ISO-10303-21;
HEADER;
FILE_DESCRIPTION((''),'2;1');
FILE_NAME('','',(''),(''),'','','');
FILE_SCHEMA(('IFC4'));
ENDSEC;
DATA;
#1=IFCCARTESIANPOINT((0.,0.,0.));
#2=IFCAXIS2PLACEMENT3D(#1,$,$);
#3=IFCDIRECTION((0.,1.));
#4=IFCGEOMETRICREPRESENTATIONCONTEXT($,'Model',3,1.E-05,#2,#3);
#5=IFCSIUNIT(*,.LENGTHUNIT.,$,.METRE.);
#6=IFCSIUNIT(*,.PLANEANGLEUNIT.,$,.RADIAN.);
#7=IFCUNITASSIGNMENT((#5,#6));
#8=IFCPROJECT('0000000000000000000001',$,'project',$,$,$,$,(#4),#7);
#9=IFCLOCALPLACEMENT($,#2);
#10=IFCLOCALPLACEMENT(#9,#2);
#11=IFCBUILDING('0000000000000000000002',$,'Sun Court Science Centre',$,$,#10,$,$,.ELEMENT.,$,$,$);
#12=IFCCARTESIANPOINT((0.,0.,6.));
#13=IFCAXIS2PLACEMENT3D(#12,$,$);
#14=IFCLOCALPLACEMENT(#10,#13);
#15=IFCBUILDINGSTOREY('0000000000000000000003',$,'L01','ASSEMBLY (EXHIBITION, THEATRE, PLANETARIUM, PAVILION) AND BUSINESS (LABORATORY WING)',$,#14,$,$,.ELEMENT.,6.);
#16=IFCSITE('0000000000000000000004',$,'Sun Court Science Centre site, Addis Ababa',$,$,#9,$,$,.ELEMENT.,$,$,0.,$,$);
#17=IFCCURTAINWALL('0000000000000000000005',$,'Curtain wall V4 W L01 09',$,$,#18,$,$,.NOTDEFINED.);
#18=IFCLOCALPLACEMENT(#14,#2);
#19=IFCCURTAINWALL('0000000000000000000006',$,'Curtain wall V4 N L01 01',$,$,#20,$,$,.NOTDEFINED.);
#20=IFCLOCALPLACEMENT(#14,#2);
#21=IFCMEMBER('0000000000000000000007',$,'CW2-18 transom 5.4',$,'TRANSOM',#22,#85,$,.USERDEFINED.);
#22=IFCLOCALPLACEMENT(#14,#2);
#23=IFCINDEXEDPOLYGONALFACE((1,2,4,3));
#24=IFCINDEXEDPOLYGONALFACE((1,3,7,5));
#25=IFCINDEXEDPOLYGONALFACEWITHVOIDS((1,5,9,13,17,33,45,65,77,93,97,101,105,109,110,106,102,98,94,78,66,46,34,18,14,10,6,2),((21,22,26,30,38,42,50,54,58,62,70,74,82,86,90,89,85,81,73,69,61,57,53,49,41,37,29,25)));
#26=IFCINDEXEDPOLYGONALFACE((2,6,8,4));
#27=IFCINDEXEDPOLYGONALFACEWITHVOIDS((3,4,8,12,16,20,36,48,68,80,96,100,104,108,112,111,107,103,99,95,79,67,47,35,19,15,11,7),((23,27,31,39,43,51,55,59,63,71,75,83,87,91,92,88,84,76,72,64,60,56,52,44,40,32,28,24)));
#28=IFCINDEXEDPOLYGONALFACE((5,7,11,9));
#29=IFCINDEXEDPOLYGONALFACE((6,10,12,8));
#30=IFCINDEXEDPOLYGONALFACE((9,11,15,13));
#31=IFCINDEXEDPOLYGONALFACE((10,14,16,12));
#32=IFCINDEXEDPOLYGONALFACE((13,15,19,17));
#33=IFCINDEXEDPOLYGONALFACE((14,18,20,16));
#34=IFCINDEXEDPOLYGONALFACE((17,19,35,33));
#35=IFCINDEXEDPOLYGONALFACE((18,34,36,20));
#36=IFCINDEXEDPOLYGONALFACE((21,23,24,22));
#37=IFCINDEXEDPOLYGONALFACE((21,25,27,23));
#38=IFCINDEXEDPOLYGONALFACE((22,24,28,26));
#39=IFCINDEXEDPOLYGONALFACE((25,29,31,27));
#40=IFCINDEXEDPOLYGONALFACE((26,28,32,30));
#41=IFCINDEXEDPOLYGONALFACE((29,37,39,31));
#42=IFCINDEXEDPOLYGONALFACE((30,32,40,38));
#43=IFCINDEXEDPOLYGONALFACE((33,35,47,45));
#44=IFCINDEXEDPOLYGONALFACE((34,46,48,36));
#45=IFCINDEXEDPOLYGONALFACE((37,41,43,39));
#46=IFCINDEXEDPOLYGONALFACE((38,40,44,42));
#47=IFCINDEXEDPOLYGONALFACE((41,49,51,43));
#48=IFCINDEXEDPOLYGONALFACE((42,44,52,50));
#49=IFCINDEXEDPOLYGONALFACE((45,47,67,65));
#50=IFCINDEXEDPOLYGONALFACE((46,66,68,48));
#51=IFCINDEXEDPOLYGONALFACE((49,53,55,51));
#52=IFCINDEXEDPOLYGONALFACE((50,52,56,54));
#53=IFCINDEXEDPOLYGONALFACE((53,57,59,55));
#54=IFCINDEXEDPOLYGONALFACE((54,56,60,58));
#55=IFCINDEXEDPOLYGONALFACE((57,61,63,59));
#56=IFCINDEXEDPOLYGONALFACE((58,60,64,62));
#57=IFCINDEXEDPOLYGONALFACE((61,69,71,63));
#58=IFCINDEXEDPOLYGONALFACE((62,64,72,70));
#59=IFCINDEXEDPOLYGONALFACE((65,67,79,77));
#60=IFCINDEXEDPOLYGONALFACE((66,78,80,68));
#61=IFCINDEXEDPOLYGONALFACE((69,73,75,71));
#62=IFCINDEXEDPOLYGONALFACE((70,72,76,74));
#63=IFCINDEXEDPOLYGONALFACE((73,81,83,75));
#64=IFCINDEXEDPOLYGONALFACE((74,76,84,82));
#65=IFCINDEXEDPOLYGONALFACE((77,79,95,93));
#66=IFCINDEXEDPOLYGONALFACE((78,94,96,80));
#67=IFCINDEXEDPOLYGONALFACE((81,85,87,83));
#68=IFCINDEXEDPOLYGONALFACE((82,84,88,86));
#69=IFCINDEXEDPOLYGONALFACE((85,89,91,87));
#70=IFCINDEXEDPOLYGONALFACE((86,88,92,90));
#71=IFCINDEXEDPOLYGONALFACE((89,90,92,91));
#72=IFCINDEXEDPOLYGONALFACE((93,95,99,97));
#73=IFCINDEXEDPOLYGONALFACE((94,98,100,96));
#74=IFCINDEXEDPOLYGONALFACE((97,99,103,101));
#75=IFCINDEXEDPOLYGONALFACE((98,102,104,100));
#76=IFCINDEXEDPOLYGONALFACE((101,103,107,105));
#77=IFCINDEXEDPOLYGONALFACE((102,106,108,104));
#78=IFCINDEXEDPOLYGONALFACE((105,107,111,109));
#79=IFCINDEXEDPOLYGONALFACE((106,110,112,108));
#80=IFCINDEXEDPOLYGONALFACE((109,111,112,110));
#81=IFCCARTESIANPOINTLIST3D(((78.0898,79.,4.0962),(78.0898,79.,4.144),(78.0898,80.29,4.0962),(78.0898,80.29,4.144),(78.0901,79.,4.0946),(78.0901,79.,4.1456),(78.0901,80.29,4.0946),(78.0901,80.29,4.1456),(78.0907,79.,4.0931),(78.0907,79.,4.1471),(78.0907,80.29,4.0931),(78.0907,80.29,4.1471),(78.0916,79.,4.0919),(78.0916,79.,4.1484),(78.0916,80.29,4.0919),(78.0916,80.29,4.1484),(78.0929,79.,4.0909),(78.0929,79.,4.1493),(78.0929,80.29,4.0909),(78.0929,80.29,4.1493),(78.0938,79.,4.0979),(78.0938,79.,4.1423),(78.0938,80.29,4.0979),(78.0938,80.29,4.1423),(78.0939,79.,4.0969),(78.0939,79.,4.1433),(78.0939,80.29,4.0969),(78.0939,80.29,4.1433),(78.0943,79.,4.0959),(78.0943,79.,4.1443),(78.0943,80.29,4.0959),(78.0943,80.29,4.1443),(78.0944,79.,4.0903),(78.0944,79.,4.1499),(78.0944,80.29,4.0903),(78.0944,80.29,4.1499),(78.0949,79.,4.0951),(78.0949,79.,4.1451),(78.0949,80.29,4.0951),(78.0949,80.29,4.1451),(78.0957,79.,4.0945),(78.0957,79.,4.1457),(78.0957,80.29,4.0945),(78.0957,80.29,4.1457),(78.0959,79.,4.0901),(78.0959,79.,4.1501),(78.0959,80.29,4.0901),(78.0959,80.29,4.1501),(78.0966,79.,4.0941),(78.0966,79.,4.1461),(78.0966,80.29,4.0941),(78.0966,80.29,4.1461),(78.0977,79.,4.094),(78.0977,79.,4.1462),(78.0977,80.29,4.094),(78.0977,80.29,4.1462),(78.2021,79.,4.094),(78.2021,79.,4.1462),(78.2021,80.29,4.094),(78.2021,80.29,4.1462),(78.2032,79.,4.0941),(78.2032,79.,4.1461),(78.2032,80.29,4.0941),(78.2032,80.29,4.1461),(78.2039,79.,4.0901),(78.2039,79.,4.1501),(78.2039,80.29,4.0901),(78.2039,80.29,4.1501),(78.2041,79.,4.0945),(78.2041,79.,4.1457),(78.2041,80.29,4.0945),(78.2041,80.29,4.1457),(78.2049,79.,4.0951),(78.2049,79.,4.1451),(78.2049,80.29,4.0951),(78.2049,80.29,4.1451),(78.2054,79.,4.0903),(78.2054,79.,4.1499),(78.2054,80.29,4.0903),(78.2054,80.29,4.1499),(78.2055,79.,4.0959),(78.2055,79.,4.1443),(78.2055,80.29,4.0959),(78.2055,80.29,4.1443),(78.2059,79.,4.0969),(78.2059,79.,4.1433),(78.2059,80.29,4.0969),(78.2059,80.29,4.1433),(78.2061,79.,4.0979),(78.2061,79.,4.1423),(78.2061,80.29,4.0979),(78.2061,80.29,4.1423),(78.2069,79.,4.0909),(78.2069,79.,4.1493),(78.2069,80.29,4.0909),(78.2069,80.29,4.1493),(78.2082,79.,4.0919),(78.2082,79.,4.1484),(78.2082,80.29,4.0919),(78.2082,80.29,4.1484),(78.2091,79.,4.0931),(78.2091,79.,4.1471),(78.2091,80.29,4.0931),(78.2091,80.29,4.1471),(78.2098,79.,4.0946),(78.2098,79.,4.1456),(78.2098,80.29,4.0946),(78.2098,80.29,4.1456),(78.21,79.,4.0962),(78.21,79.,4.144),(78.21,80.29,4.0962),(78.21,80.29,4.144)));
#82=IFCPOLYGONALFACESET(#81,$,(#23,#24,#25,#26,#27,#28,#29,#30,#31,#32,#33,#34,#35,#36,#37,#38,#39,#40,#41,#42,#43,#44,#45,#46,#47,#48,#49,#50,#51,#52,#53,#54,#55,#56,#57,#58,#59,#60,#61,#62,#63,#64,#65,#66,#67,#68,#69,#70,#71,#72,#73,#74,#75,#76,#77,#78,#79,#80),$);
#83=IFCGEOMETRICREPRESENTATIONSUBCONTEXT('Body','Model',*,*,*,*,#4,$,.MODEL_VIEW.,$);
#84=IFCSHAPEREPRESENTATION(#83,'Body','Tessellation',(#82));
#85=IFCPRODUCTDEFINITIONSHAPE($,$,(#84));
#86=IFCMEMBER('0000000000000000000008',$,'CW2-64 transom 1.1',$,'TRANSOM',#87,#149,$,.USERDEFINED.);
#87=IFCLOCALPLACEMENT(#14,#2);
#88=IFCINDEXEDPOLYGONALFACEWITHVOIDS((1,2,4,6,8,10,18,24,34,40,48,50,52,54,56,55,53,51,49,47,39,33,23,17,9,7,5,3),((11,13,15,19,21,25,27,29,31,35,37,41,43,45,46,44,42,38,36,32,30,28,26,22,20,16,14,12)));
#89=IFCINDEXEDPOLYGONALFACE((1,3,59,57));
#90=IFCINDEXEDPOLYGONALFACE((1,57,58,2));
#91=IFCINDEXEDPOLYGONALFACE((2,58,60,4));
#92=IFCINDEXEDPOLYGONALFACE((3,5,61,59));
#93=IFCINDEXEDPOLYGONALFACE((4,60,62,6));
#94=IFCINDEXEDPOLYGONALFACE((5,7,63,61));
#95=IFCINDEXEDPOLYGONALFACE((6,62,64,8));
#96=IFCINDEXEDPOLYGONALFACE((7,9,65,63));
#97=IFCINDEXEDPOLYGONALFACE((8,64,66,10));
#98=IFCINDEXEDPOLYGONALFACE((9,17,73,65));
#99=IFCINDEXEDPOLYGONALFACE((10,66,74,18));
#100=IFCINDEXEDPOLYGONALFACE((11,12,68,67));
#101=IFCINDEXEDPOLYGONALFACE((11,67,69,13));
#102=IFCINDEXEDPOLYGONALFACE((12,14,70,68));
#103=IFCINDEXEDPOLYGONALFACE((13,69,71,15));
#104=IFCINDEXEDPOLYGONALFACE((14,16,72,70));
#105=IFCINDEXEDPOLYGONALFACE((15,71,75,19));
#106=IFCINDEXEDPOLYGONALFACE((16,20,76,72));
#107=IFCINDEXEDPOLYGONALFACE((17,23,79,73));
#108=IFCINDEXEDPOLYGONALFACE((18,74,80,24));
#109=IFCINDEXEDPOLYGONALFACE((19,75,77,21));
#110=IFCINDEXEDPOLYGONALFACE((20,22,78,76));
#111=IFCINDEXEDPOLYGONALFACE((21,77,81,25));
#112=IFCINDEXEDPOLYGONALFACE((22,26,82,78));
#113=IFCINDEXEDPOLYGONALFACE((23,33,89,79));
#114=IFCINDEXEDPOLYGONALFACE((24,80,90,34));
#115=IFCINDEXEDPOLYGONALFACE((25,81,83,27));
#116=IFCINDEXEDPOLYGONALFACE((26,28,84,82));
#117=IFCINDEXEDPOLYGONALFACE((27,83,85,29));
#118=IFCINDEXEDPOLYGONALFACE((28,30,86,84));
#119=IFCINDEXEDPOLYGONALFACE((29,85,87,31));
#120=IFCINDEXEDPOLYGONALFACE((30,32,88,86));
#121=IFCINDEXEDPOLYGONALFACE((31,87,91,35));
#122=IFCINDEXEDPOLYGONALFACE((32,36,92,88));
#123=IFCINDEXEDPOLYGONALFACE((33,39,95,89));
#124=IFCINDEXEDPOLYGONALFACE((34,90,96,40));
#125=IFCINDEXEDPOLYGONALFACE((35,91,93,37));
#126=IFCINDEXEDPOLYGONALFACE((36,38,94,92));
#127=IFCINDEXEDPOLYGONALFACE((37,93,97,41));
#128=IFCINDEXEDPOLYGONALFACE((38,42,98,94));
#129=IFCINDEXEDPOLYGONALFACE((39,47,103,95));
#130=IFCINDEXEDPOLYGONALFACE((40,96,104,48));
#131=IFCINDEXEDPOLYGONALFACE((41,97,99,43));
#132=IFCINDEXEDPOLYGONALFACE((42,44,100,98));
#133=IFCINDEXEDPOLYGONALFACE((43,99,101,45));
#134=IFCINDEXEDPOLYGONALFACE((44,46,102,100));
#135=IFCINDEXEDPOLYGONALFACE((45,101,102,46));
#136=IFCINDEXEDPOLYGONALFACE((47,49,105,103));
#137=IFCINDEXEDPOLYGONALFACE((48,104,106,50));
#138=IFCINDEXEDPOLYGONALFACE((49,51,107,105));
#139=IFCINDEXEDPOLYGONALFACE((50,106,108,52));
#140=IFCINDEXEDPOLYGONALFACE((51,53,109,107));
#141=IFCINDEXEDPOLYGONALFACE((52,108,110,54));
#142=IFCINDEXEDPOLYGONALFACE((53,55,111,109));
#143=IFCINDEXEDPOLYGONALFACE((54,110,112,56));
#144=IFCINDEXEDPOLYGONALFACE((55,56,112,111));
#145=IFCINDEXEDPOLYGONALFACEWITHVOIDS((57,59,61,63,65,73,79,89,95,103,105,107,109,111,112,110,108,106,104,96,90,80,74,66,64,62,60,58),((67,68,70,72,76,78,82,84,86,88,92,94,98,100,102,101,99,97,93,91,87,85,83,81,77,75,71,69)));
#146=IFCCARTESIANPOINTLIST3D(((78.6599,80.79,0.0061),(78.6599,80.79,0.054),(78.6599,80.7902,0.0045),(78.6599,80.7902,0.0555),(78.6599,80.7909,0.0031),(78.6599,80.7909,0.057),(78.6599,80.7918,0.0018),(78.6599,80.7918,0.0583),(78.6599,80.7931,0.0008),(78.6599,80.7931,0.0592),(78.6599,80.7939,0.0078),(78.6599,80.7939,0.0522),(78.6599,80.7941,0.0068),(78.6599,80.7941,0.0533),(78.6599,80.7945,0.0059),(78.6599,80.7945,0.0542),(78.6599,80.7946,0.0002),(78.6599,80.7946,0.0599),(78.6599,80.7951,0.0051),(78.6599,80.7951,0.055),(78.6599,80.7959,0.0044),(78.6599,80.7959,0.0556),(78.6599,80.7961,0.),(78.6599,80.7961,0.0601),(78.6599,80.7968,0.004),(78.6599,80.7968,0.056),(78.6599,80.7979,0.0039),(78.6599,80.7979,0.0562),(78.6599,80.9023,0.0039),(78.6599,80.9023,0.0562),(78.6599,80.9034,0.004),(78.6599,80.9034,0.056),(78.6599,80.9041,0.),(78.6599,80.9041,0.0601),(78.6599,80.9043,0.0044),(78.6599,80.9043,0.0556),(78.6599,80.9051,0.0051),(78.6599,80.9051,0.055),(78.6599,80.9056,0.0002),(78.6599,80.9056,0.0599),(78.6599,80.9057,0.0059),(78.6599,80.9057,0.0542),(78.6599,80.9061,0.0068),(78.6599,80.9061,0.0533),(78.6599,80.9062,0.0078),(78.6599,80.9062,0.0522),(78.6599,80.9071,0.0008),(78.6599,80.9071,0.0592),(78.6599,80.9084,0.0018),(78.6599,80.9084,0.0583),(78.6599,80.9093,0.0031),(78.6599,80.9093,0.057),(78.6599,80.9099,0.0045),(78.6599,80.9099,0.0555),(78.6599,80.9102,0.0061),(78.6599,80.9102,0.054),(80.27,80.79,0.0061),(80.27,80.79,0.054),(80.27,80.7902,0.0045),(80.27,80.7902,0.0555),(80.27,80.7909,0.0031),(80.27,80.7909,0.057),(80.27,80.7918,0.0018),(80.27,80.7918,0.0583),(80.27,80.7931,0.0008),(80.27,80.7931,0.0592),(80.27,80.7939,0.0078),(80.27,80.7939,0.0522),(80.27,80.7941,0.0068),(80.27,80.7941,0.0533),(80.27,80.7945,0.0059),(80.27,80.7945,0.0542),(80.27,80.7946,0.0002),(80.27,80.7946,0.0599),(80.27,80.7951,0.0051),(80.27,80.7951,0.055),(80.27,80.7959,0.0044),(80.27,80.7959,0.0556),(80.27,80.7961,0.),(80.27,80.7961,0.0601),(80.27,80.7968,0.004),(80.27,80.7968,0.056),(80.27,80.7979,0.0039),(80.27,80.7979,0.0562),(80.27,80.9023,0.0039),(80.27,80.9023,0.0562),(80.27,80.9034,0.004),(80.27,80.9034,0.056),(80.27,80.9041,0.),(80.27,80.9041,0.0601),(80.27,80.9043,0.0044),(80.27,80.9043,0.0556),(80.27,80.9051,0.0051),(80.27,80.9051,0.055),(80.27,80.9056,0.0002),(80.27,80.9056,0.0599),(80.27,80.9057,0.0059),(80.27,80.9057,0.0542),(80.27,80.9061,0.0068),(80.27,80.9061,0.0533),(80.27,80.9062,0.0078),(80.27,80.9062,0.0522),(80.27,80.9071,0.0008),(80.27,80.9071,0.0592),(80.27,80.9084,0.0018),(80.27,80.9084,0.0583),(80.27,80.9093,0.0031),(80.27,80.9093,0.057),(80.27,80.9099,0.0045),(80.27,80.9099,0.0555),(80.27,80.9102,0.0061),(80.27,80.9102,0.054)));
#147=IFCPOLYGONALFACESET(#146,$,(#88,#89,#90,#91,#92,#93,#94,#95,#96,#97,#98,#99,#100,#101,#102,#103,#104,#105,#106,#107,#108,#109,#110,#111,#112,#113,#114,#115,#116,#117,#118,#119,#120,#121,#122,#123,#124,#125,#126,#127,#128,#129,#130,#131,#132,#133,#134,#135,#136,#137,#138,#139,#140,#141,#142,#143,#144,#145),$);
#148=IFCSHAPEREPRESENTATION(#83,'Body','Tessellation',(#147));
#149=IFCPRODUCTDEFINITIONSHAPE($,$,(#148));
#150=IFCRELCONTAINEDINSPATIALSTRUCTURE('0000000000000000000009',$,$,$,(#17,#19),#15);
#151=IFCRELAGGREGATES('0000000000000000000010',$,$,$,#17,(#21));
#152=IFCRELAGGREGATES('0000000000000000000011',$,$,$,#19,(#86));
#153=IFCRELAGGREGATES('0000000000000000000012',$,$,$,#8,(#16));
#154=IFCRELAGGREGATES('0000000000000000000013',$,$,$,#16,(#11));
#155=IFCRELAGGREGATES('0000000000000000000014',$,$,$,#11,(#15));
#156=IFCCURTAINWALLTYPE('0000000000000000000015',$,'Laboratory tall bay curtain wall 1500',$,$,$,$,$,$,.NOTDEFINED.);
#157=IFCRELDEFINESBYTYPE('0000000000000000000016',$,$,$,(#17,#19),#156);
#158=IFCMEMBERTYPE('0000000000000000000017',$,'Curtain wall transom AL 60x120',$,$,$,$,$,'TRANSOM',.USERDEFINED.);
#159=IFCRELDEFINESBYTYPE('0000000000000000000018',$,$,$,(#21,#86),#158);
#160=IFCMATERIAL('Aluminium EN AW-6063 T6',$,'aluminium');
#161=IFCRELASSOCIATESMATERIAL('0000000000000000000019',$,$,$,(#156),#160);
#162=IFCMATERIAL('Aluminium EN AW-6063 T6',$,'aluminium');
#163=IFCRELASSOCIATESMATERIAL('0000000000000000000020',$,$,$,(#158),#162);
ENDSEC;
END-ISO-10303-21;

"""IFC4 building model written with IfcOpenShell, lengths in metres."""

from ifc_helpers import new_model, si_unit, direction, frame, origin, origin_2d, place, context, subcontext, project, spatial, hollow_rectangle, extrude, material, material_profile, profile_set, type_object, element, aggregate, save


model = new_model("IFC4")

# Units and contexts
model_context = context("Model", 3, precision=1e-05, world=origin(), true_north=direction((0.0, 1.0)))
body_context = subcontext(model_context, "Body", "Model", "MODEL_VIEW")
ifc_project = project(units=[si_unit("LENGTHUNIT", "METRE"), si_unit("PLANEANGLEUNIT", "RADIAN")], contexts=[model_context])

# Site, building, storey
site_placement = place(None, origin())
site = spatial("IfcSite", under=ifc_project, at=site_placement, Name="Sun Court Science Centre site, Addis Ababa", CompositionType="ELEMENT", RefElevation=0.0)
building_placement = place(site_placement, origin())
building = spatial("IfcBuilding", under=site, at=building_placement, Name="Sun Court Science Centre", CompositionType="ELEMENT")
storey_placement = place(building_placement, frame((0.0, 0.0, 6.0)))
storey = spatial("IfcBuildingStorey", under=building, at=storey_placement, Name="L01", Description="ASSEMBLY (EXHIBITION, THEATRE, PLANETARIUM, PAVILION) AND BUSINESS (LABORATORY WING)", CompositionType="ELEMENT", Elevation=6.0)

# Curtain walls
ifc_material_1 = material(Name="Aluminium EN AW-6063 T6", Category="aluminium")
curtain_wall_type = type_object("IfcCurtainWallType", Name="Laboratory tall bay curtain wall 1500", PredefinedType="NOTDEFINED", material=ifc_material_1)
curtain_wall_1_placement = place(storey_placement, origin())
curtain_wall_1 = element("IfcCurtainWall", 1, at=curtain_wall_1_placement, inside=storey, type_object=curtain_wall_type, Name="Curtain wall V4 W L01 09", PredefinedType="NOTDEFINED")
curtain_wall_2_placement = place(storey_placement, origin())
curtain_wall_2 = element("IfcCurtainWall", 2, at=curtain_wall_2_placement, inside=storey, type_object=curtain_wall_type, Name="Curtain wall V4 N L01 01", PredefinedType="NOTDEFINED")

# Members
ifc_material_2 = material(Name="Aluminium EN AW-6063 T6", Category="aluminium")
ifc_material_profile_1 = material_profile(ifc_material_2, hollow_rectangle(XDim=0.0601, YDim=0.1201, WallThickness=0.0039, InnerFilletRadius=0.0039, OuterFilletRadius=0.0061, at=origin_2d()), Name="AL 60x120x4")
ifc_profile_set_1 = profile_set([ifc_material_profile_1], Name="Aluminium EN AW-6063 T6")
member_type_1 = type_object("IfcMemberType", Name="Curtain wall transom AL 60x120", ElementType="TRANSOM", PredefinedType="USERDEFINED", material=ifc_profile_set_1)
member_1_placement = place(storey_placement, frame((78.1499, 79.0, 4.1201), z_axis=(0.0, 1.0, 0.0), x_axis=(0.0, 0.0, 1.0)))
member_1 = element("IfcMember", 3, at=member_1_placement, type_object=member_type_1, Name="CW2-18 transom 5.4", ObjectType="TRANSOM", PredefinedType="USERDEFINED", context=body_context, shape_type="SweptSolid", body=[
    extrude(hollow_rectangle(XDim=0.0601, YDim=0.1201, WallThickness=0.0039, InnerFilletRadius=0.0039, OuterFilletRadius=0.0061, at=origin_2d()), origin(), (0.0, 0.0, 1.0), 1.29),
])
member_2_placement = place(storey_placement, frame((78.6599, 80.8501, 0.03), z_axis=(1.0, 0.0, 0.0), x_axis=(0.0, 0.0, 1.0)))
member_2 = element("IfcMember", 4, at=member_2_placement, type_object=member_type_1, Name="CW2-64 transom 1.1", ObjectType="TRANSOM", PredefinedType="USERDEFINED", context=body_context, shape_type="SweptSolid", body=[
    extrude(hollow_rectangle(XDim=0.0601, YDim=0.1201, WallThickness=0.0039, InnerFilletRadius=0.0039, OuterFilletRadius=0.0061, at=origin_2d()), origin(), (0.0, 0.0, 1.0), 1.6101),
])

aggregate(curtain_wall_1, [member_1])
aggregate(curtain_wall_2, [member_2])

save(model, "model.ifc")
